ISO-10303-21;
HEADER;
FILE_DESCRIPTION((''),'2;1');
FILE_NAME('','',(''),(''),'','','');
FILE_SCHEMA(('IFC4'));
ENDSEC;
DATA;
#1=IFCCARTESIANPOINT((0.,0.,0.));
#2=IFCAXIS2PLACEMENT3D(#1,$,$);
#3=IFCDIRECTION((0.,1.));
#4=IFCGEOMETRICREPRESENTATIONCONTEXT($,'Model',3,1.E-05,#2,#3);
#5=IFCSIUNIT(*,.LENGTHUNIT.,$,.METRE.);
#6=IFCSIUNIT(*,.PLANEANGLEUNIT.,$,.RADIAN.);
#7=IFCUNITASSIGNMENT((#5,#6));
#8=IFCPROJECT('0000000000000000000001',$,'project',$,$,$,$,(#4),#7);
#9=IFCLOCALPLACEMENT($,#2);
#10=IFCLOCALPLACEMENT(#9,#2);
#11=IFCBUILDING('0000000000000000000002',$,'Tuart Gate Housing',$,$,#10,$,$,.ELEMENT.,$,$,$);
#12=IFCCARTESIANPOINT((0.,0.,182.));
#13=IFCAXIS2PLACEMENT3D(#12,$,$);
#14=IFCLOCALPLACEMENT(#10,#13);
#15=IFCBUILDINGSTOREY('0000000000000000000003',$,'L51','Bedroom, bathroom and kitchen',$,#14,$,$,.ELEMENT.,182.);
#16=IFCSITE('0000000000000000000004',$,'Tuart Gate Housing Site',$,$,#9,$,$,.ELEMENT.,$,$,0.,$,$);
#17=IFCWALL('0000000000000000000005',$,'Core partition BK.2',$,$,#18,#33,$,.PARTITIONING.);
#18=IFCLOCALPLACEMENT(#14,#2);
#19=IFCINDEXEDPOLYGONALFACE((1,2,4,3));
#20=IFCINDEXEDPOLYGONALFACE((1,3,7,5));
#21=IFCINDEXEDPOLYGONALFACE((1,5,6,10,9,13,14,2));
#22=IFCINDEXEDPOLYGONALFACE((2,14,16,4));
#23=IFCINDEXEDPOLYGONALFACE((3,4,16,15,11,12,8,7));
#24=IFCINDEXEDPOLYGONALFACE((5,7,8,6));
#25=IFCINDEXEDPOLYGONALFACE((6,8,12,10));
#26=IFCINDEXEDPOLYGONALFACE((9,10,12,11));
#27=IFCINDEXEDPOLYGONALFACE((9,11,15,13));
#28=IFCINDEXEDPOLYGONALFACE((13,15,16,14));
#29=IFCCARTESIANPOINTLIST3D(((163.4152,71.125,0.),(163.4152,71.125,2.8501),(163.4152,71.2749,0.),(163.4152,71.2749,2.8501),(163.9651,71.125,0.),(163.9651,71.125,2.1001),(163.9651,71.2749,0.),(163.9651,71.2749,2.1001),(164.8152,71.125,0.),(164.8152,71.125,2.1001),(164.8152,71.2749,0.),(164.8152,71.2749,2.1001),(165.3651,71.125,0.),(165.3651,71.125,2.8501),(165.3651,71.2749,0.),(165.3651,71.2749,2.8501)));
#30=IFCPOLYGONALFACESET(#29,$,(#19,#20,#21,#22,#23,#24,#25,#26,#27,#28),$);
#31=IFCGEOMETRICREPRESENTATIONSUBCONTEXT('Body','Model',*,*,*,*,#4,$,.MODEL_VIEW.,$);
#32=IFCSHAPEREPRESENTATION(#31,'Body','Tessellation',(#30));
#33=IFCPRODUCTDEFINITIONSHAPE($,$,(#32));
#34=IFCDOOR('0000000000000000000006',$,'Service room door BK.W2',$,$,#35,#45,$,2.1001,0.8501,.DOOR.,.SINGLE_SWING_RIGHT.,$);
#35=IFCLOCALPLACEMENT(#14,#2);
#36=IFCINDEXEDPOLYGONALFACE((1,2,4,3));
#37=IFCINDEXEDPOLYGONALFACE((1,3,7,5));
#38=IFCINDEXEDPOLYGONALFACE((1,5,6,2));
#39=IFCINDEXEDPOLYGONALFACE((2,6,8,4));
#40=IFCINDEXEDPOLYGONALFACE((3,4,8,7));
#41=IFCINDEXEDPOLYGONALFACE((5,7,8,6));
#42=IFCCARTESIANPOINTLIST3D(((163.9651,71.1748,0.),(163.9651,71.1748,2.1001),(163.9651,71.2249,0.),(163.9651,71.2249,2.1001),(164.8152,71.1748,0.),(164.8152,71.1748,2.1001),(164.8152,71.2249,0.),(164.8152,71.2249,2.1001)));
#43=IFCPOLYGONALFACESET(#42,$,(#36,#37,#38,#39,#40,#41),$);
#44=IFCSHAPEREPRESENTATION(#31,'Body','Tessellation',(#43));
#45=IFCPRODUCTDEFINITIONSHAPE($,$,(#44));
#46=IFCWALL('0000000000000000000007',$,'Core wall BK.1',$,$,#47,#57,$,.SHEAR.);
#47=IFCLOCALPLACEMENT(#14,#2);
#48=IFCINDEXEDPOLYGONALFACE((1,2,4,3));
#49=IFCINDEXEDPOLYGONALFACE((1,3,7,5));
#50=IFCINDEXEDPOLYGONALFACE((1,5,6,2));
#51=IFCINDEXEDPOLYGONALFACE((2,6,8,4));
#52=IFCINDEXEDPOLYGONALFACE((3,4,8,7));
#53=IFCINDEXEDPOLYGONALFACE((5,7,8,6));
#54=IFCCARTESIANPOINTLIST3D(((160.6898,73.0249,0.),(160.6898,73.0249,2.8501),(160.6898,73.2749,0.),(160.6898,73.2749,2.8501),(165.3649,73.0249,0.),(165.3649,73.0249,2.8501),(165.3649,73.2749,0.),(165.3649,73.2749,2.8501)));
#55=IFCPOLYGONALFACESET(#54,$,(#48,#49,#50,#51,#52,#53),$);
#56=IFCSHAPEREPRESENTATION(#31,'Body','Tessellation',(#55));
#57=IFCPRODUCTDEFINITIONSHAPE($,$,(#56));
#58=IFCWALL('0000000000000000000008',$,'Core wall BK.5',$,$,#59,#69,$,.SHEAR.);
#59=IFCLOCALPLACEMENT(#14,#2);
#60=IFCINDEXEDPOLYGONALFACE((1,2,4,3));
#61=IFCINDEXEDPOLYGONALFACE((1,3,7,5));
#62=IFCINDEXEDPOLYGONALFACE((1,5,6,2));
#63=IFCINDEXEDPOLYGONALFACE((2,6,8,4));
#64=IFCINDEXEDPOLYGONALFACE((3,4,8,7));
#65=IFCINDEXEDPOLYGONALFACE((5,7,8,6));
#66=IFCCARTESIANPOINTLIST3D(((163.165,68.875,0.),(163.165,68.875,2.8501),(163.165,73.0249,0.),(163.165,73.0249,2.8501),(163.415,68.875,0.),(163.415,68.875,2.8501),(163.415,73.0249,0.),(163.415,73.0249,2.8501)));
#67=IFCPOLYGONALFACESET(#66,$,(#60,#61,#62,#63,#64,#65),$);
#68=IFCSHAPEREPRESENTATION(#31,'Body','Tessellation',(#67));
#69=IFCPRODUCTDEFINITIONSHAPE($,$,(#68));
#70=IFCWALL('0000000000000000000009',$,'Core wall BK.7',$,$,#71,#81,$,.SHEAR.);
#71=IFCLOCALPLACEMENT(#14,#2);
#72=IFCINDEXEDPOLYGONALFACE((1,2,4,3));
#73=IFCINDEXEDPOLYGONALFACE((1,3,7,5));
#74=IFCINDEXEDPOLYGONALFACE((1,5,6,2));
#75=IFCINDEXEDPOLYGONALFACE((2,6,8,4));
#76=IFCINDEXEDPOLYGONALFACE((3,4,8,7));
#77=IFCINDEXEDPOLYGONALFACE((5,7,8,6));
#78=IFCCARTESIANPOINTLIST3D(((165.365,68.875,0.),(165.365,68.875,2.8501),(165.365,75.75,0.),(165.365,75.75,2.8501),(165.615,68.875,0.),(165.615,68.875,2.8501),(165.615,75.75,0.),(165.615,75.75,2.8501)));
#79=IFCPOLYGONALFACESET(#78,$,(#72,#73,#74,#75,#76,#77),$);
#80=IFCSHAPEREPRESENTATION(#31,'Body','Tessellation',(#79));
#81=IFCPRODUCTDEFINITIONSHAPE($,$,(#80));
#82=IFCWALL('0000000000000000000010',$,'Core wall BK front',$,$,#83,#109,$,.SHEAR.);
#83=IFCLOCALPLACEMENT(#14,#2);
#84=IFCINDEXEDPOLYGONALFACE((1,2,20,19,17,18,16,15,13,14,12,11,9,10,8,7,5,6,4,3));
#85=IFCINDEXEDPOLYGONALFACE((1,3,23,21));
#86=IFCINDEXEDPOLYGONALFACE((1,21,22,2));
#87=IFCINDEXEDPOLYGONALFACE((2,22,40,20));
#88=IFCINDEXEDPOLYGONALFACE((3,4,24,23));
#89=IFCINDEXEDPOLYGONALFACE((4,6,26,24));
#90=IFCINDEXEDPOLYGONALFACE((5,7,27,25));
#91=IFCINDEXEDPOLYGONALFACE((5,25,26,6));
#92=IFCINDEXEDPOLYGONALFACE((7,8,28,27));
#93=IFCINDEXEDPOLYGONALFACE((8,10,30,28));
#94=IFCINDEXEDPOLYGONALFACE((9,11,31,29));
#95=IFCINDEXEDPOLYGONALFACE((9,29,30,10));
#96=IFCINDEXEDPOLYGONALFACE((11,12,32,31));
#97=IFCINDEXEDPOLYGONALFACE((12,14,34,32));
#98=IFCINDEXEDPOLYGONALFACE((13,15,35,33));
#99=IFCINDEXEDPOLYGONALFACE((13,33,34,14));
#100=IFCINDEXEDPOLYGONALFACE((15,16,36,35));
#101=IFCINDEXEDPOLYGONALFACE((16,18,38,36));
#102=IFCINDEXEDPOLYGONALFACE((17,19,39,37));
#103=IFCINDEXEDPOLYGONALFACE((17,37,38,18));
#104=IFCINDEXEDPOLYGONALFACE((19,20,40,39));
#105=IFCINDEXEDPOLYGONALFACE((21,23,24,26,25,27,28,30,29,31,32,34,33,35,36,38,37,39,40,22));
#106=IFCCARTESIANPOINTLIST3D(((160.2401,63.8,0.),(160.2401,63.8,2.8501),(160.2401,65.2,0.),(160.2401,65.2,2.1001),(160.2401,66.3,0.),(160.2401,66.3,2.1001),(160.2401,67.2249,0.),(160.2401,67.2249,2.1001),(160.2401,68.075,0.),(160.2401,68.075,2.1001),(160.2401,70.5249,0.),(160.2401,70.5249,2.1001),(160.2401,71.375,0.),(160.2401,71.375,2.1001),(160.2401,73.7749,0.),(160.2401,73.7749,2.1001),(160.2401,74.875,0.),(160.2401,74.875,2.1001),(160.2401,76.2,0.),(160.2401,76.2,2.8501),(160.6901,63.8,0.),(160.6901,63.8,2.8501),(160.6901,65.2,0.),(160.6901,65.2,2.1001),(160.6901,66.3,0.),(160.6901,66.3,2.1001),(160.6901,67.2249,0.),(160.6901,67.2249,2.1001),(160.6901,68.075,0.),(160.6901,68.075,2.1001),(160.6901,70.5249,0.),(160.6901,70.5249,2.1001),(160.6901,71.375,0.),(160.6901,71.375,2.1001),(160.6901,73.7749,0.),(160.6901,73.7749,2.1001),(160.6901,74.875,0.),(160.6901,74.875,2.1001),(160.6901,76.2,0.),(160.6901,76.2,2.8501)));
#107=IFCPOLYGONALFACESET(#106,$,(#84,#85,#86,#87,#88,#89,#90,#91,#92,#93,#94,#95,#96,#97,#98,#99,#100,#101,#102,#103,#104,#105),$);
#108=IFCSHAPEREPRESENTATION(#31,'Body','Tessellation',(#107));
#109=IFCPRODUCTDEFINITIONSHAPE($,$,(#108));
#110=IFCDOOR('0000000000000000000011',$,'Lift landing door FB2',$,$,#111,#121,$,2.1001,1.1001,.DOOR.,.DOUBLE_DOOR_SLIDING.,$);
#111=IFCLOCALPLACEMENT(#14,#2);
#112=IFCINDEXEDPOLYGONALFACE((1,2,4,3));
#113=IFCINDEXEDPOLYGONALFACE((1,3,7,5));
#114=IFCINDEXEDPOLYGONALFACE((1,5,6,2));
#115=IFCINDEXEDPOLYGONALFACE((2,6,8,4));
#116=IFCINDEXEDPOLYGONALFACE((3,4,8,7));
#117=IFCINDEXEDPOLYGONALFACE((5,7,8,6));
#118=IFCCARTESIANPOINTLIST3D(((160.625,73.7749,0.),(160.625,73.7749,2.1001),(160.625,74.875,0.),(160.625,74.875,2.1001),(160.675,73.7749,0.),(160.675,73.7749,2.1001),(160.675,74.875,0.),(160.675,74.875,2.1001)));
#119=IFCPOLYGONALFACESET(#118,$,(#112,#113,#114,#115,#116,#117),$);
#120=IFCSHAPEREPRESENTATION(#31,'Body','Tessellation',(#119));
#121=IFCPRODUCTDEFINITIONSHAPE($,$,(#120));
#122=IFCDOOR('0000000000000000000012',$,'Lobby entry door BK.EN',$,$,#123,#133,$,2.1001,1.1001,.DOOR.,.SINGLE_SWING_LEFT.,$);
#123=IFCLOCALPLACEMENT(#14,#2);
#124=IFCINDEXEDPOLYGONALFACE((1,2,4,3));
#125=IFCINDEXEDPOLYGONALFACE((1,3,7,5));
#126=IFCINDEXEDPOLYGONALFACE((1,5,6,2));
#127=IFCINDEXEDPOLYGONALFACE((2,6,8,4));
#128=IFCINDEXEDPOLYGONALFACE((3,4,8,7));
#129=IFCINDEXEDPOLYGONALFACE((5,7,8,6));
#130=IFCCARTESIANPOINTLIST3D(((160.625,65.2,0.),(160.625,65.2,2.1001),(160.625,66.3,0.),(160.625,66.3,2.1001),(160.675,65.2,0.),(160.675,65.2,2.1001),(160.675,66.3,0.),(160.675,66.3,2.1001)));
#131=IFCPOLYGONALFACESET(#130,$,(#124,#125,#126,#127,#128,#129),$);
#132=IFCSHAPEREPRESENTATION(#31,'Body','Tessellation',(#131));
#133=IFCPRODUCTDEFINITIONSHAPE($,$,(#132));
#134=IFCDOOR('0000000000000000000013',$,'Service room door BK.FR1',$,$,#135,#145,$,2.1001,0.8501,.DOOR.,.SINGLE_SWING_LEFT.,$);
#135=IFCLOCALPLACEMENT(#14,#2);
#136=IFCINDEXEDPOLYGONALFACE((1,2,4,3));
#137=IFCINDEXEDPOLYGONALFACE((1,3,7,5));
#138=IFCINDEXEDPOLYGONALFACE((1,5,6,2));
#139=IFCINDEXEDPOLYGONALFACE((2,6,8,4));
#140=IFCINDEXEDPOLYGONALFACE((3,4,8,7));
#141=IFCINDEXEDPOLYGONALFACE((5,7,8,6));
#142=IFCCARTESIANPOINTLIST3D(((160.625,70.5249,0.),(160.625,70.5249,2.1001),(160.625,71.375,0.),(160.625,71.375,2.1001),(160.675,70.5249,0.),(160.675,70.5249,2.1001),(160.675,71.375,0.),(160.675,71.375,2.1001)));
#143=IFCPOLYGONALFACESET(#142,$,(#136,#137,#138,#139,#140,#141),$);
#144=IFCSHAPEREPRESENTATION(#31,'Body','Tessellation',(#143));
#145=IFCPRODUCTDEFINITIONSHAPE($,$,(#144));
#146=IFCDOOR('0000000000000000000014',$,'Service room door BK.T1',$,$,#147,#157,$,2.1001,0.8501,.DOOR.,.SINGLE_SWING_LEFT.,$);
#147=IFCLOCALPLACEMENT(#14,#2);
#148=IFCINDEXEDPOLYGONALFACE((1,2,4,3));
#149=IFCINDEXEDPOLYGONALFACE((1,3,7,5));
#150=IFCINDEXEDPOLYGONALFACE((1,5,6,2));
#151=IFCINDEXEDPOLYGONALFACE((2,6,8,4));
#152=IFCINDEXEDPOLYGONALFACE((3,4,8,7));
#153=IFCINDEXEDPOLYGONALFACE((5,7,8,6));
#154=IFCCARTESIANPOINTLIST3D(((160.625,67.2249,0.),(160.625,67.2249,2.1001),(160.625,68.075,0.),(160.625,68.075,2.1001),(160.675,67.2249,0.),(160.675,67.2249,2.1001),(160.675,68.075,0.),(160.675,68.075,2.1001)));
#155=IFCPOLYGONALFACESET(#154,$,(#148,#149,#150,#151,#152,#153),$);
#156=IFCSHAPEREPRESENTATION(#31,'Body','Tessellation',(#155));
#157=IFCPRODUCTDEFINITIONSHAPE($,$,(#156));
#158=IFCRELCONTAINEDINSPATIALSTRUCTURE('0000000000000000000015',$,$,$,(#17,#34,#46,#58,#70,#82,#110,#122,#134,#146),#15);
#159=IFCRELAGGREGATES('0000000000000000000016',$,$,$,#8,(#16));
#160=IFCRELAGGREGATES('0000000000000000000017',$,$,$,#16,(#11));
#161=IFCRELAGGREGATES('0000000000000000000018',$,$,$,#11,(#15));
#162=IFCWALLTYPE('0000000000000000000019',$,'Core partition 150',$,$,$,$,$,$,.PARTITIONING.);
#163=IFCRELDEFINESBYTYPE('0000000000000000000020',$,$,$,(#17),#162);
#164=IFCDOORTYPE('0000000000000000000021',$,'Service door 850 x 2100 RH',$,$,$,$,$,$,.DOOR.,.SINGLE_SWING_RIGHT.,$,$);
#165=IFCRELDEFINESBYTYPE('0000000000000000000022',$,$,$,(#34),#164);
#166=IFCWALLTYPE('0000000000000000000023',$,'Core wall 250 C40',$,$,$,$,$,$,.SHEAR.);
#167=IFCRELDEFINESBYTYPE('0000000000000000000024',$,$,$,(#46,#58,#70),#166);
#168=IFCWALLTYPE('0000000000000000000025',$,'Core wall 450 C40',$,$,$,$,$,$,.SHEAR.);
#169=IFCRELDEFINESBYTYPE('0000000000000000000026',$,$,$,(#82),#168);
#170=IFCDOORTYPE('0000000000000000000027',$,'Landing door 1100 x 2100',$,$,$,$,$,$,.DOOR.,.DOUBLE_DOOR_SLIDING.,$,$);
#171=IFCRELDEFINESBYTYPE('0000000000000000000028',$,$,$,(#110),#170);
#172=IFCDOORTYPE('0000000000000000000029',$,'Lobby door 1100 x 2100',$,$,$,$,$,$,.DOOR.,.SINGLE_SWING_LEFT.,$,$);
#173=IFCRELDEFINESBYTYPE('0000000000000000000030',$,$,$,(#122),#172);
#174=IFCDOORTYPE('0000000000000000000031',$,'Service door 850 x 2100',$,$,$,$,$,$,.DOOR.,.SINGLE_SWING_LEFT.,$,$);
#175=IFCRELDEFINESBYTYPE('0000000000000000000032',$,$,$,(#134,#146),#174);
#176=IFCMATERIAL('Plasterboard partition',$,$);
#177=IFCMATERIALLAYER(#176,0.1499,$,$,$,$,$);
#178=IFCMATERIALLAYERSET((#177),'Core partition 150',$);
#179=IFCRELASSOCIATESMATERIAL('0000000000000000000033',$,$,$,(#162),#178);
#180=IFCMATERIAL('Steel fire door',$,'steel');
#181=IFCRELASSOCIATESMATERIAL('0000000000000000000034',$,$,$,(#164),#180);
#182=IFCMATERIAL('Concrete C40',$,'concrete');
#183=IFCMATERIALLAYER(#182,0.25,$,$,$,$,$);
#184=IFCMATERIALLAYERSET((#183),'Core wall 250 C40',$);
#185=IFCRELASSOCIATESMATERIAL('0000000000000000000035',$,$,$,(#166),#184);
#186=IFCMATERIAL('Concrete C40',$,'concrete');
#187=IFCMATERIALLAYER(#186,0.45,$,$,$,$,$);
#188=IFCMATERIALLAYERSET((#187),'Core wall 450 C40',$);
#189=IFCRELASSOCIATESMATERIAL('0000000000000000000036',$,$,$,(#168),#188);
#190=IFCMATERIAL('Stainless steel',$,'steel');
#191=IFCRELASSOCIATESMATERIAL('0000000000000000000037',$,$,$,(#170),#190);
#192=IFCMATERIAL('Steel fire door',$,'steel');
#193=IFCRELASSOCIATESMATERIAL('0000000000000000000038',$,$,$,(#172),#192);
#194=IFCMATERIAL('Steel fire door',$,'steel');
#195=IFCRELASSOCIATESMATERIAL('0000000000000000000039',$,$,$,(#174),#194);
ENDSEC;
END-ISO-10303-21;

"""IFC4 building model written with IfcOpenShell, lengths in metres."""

from ifc_helpers import new_model, si_unit, direction, frame, frame_2d, origin, place, context, subcontext, project, spatial, rectangle, extrude, material, layer, layer_set, type_object, element, fill, save


model = new_model("IFC4")

# Units and contexts
model_context = context("Model", 3, precision=1e-05, world=origin(), true_north=direction((0.0, 1.0)))
body_context = subcontext(model_context, "Body", "Model", "MODEL_VIEW")
ifc_project = project(units=[si_unit("LENGTHUNIT", "METRE"), si_unit("PLANEANGLEUNIT", "RADIAN")], contexts=[model_context])

# Site, building, storey
site_placement = place(None, origin())
site = spatial("IfcSite", under=ifc_project, at=site_placement, Name="Tuart Gate Housing Site", CompositionType="ELEMENT", RefElevation=0.0)
building_placement = place(site_placement, origin())
building = spatial("IfcBuilding", under=site, at=building_placement, Name="Tuart Gate Housing", CompositionType="ELEMENT")
storey_placement = place(building_placement, frame((0.0, 0.0, 182.0)))
storey = spatial("IfcBuildingStorey", under=building, at=storey_placement, Name="L51", Description="Bedroom, bathroom and kitchen", CompositionType="ELEMENT", Elevation=182.0)

# Wall, opening, door
ifc_material_1 = material(Name="Plasterboard partition")
ifc_layer_1 = layer(ifc_material_1, 0.1499)
ifc_layer_set_1 = layer_set([ifc_layer_1], Name="Core partition 150")
wall_type_1 = type_object("IfcWallType", Name="Core partition 150", PredefinedType="PARTITIONING", material=ifc_layer_set_1)
wall_1_placement = place(storey_placement, frame((163.415, 71.2, 0.0), z_axis=(0.0, 0.0, 1.0), x_axis=(1.0, 0.0, 0.0)))
wall_1 = element("IfcWall", 1, at=wall_1_placement, inside=storey, type_object=wall_type_1, Name="Core partition BK.2", PredefinedType="PARTITIONING", context=body_context, shape_type="SweptSolid", body=[
    extrude(rectangle(XDim=1.95, YDim=0.1499, at=frame_2d((0.9751, 0.0))), origin(), (0.0, 0.0, 1.0), 2.8501),
])
opening_1_placement = place(wall_1_placement, frame((0.55, 0.0, 0.0)))
opening_1 = element("IfcOpeningElement", 2, at=opening_1_placement, cuts=wall_1, PredefinedType="OPENING", context=body_context, shape_type="SweptSolid", body=[
    extrude(rectangle(XDim=0.8501, YDim=2.1001, at=frame_2d((0.425, 1.05))), frame((0.0, 0.085, 0.0), z_axis=(0.0, -1.0, 0.0), x_axis=(1.0, 0.0, 0.0)), (0.0, 0.0, 1.0), 0.1699),
])
ifc_material_2 = material(Name="Steel fire door", Category="steel")
door_type_1 = type_object("IfcDoorType", Name="Service door 850 x 2100 RH", OperationType="SINGLE_SWING_RIGHT", PredefinedType="DOOR", material=ifc_material_2)
door_1_placement = place(opening_1_placement, frame((0.8501, 0.0, 0.0), z_axis=(0.0, 0.0, 1.0), x_axis=(-1.0, 0.0, 0.0)))
door_1 = element("IfcDoor", 3, at=door_1_placement, inside=storey, type_object=door_type_1, Name="Service room door BK.W2", OperationType="SINGLE_SWING_RIGHT", OverallHeight=2.1001, OverallWidth=0.8501, PredefinedType="DOOR", context=body_context, shape_type="SweptSolid", body=[
    extrude(rectangle(XDim=0.8501, YDim=2.1001, at=frame_2d((0.425, 1.05))), frame((0.0, 0.0251, 0.0), z_axis=(0.0, -1.0, 0.0), x_axis=(1.0, 0.0, 0.0)), (0.0, 0.0, 1.0), 0.05),
])
fill(opening_1, door_1)

# Walls
ifc_material_3 = material(Name="Concrete C40", Category="concrete")
ifc_layer_2 = layer(ifc_material_3, 0.25)
ifc_layer_set_2 = layer_set([ifc_layer_2], Name="Core wall 250 C40")
wall_type_2 = type_object("IfcWallType", Name="Core wall 250 C40", PredefinedType="SHEAR", material=ifc_layer_set_2)
wall_2_placement = place(storey_placement, frame((160.6899, 73.1499, 0.0), z_axis=(0.0, 0.0, 1.0), x_axis=(1.0, 0.0, 0.0)))
element("IfcWall", 4, at=wall_2_placement, inside=storey, type_object=wall_type_2, Name="Core wall BK.1", PredefinedType="SHEAR", context=body_context, shape_type="SweptSolid", body=[
    extrude(rectangle(XDim=4.675, YDim=0.25, at=frame_2d((2.3374, 0.0))), origin(), (0.0, 0.0, 1.0), 2.8501),
])
wall_3_placement = place(storey_placement, frame((163.29, 73.0249, 0.0), z_axis=(0.0, 0.0, 1.0), x_axis=(0.0, -1.0, 0.0)))
element("IfcWall", 5, at=wall_3_placement, inside=storey, type_object=wall_type_2, Name="Core wall BK.5", PredefinedType="SHEAR", context=body_context, shape_type="SweptSolid", body=[
    extrude(rectangle(XDim=4.1499, YDim=0.25, at=frame_2d((2.075, 0.0))), origin(), (0.0, 0.0, 1.0), 2.8501),
])
wall_4_placement = place(storey_placement, frame((165.49, 75.75, 0.0), z_axis=(0.0, 0.0, 1.0), x_axis=(0.0, -1.0, 0.0)))
element("IfcWall", 6, at=wall_4_placement, inside=storey, type_object=wall_type_2, Name="Core wall BK.7", PredefinedType="SHEAR", context=body_context, shape_type="SweptSolid", body=[
    extrude(rectangle(XDim=6.875, YDim=0.25, at=frame_2d((3.4375, 0.0))), origin(), (0.0, 0.0, 1.0), 2.8501),
])

# Wall, openings, doors
ifc_material_4 = material(Name="Concrete C40", Category="concrete")
ifc_layer_3 = layer(ifc_material_4, 0.45)
ifc_layer_set_3 = layer_set([ifc_layer_3], Name="Core wall 450 C40")
wall_type_3 = type_object("IfcWallType", Name="Core wall 450 C40", PredefinedType="SHEAR", material=ifc_layer_set_3)
wall_5_placement = place(storey_placement, frame((160.4651, 76.2, 0.0), z_axis=(0.0, 0.0, 1.0), x_axis=(0.0, -1.0, 0.0)))
wall_5 = element("IfcWall", 7, at=wall_5_placement, inside=storey, type_object=wall_type_3, Name="Core wall BK front", PredefinedType="SHEAR", context=body_context, shape_type="SweptSolid", body=[
    extrude(rectangle(XDim=12.3999, YDim=0.45, at=frame_2d((6.2, 0.0))), origin(), (0.0, 0.0, 1.0), 2.8501),
])
opening_2_placement = place(wall_5_placement, frame((1.325, 0.0, 0.0)))
opening_2 = element("IfcOpeningElement", 8, at=opening_2_placement, cuts=wall_5, PredefinedType="OPENING", context=body_context, shape_type="SweptSolid", body=[
    extrude(rectangle(XDim=1.1001, YDim=2.1001, at=frame_2d((0.55, 1.05))), frame((0.0, 0.2349, 0.0), z_axis=(0.0, -1.0, 0.0), x_axis=(1.0, 0.0, 0.0)), (0.0, 0.0, 1.0), 0.47),
])
opening_3_placement = place(wall_5_placement, frame((4.825, 0.0, 0.0)))
opening_3 = element("IfcOpeningElement", 9, at=opening_3_placement, cuts=wall_5, PredefinedType="OPENING", context=body_context, shape_type="SweptSolid", body=[
    extrude(rectangle(XDim=0.8501, YDim=2.1001, at=frame_2d((0.425, 1.05))), frame((0.0, 0.2349, 0.0), z_axis=(0.0, -1.0, 0.0), x_axis=(1.0, 0.0, 0.0)), (0.0, 0.0, 1.0), 0.47),
])
opening_4_placement = place(wall_5_placement, frame((9.8999, 0.0, 0.0)))
opening_4 = element("IfcOpeningElement", 10, at=opening_4_placement, cuts=wall_5, PredefinedType="OPENING", context=body_context, shape_type="SweptSolid", body=[
    extrude(rectangle(XDim=1.1001, YDim=2.1001, at=frame_2d((0.55, 1.05))), frame((0.0, 0.2349, 0.0), z_axis=(0.0, -1.0, 0.0), x_axis=(1.0, 0.0, 0.0)), (0.0, 0.0, 1.0), 0.47),
])
opening_5_placement = place(wall_5_placement, frame((8.125, 0.0, 0.0)))
opening_5 = element("IfcOpeningElement", 11, at=opening_5_placement, cuts=wall_5, PredefinedType="OPENING", context=body_context, shape_type="SweptSolid", body=[
    extrude(rectangle(XDim=0.8501, YDim=2.1001, at=frame_2d((0.425, 1.05))), frame((0.0, 0.2349, 0.0), z_axis=(0.0, -1.0, 0.0), x_axis=(1.0, 0.0, 0.0)), (0.0, 0.0, 1.0), 0.47),
])
ifc_material_5 = material(Name="Stainless steel", Category="steel")
door_type_2 = type_object("IfcDoorType", Name="Landing door 1100 x 2100", OperationType="DOUBLE_DOOR_SLIDING", PredefinedType="DOOR", material=ifc_material_5)
door_2_placement = place(opening_2_placement, origin())
door_2 = element("IfcDoor", 12, at=door_2_placement, inside=storey, type_object=door_type_2, Name="Lift landing door FB2", OperationType="DOUBLE_DOOR_SLIDING", OverallHeight=2.1001, OverallWidth=1.1001, PredefinedType="DOOR", context=body_context, shape_type="SweptSolid", body=[
    extrude(rectangle(XDim=1.1001, YDim=2.1001, at=frame_2d((0.55, 1.05))), frame((0.0, 0.21, 0.0), z_axis=(0.0, -1.0, 0.0), x_axis=(1.0, 0.0, 0.0)), (0.0, 0.0, 1.0), 0.05),
])
fill(opening_2, door_2)
ifc_material_6 = material(Name="Steel fire door", Category="steel")
door_type_3 = type_object("IfcDoorType", Name="Lobby door 1100 x 2100", OperationType="SINGLE_SWING_LEFT", PredefinedType="DOOR", material=ifc_material_6)
door_3_placement = place(opening_4_placement, origin())
door_3 = element("IfcDoor", 13, at=door_3_placement, inside=storey, type_object=door_type_3, Name="Lobby entry door BK.EN", OperationType="SINGLE_SWING_LEFT", OverallHeight=2.1001, OverallWidth=1.1001, PredefinedType="DOOR", context=body_context, shape_type="SweptSolid", body=[
    extrude(rectangle(XDim=1.1001, YDim=2.1001, at=frame_2d((0.55, 1.05))), frame((0.0, 0.21, 0.0), z_axis=(0.0, -1.0, 0.0), x_axis=(1.0, 0.0, 0.0)), (0.0, 0.0, 1.0), 0.05),
])
fill(opening_4, door_3)
ifc_material_7 = material(Name="Steel fire door", Category="steel")
door_type_4 = type_object("IfcDoorType", Name="Service door 850 x 2100", OperationType="SINGLE_SWING_LEFT", PredefinedType="DOOR", material=ifc_material_7)
door_4_placement = place(opening_3_placement, origin())
door_4 = element("IfcDoor", 14, at=door_4_placement, inside=storey, type_object=door_type_4, Name="Service room door BK.FR1", OperationType="SINGLE_SWING_LEFT", OverallHeight=2.1001, OverallWidth=0.8501, PredefinedType="DOOR", context=body_context, shape_type="SweptSolid", body=[
    extrude(rectangle(XDim=0.8501, YDim=2.1001, at=frame_2d((0.425, 1.05))), frame((0.0, 0.21, 0.0), z_axis=(0.0, -1.0, 0.0), x_axis=(1.0, 0.0, 0.0)), (0.0, 0.0, 1.0), 0.05),
])
fill(opening_3, door_4)
door_5_placement = place(opening_5_placement, origin())
door_5 = element("IfcDoor", 15, at=door_5_placement, inside=storey, type_object=door_type_4, Name="Service room door BK.T1", OperationType="SINGLE_SWING_LEFT", OverallHeight=2.1001, OverallWidth=0.8501, PredefinedType="DOOR", context=body_context, shape_type="SweptSolid", body=[
    extrude(rectangle(XDim=0.8501, YDim=2.1001, at=frame_2d((0.425, 1.05))), frame((0.0, 0.21, 0.0), z_axis=(0.0, -1.0, 0.0), x_axis=(1.0, 0.0, 0.0)), (0.0, 0.0, 1.0), 0.05),
])
fill(opening_5, door_5)

save(model, "model.ifc")
